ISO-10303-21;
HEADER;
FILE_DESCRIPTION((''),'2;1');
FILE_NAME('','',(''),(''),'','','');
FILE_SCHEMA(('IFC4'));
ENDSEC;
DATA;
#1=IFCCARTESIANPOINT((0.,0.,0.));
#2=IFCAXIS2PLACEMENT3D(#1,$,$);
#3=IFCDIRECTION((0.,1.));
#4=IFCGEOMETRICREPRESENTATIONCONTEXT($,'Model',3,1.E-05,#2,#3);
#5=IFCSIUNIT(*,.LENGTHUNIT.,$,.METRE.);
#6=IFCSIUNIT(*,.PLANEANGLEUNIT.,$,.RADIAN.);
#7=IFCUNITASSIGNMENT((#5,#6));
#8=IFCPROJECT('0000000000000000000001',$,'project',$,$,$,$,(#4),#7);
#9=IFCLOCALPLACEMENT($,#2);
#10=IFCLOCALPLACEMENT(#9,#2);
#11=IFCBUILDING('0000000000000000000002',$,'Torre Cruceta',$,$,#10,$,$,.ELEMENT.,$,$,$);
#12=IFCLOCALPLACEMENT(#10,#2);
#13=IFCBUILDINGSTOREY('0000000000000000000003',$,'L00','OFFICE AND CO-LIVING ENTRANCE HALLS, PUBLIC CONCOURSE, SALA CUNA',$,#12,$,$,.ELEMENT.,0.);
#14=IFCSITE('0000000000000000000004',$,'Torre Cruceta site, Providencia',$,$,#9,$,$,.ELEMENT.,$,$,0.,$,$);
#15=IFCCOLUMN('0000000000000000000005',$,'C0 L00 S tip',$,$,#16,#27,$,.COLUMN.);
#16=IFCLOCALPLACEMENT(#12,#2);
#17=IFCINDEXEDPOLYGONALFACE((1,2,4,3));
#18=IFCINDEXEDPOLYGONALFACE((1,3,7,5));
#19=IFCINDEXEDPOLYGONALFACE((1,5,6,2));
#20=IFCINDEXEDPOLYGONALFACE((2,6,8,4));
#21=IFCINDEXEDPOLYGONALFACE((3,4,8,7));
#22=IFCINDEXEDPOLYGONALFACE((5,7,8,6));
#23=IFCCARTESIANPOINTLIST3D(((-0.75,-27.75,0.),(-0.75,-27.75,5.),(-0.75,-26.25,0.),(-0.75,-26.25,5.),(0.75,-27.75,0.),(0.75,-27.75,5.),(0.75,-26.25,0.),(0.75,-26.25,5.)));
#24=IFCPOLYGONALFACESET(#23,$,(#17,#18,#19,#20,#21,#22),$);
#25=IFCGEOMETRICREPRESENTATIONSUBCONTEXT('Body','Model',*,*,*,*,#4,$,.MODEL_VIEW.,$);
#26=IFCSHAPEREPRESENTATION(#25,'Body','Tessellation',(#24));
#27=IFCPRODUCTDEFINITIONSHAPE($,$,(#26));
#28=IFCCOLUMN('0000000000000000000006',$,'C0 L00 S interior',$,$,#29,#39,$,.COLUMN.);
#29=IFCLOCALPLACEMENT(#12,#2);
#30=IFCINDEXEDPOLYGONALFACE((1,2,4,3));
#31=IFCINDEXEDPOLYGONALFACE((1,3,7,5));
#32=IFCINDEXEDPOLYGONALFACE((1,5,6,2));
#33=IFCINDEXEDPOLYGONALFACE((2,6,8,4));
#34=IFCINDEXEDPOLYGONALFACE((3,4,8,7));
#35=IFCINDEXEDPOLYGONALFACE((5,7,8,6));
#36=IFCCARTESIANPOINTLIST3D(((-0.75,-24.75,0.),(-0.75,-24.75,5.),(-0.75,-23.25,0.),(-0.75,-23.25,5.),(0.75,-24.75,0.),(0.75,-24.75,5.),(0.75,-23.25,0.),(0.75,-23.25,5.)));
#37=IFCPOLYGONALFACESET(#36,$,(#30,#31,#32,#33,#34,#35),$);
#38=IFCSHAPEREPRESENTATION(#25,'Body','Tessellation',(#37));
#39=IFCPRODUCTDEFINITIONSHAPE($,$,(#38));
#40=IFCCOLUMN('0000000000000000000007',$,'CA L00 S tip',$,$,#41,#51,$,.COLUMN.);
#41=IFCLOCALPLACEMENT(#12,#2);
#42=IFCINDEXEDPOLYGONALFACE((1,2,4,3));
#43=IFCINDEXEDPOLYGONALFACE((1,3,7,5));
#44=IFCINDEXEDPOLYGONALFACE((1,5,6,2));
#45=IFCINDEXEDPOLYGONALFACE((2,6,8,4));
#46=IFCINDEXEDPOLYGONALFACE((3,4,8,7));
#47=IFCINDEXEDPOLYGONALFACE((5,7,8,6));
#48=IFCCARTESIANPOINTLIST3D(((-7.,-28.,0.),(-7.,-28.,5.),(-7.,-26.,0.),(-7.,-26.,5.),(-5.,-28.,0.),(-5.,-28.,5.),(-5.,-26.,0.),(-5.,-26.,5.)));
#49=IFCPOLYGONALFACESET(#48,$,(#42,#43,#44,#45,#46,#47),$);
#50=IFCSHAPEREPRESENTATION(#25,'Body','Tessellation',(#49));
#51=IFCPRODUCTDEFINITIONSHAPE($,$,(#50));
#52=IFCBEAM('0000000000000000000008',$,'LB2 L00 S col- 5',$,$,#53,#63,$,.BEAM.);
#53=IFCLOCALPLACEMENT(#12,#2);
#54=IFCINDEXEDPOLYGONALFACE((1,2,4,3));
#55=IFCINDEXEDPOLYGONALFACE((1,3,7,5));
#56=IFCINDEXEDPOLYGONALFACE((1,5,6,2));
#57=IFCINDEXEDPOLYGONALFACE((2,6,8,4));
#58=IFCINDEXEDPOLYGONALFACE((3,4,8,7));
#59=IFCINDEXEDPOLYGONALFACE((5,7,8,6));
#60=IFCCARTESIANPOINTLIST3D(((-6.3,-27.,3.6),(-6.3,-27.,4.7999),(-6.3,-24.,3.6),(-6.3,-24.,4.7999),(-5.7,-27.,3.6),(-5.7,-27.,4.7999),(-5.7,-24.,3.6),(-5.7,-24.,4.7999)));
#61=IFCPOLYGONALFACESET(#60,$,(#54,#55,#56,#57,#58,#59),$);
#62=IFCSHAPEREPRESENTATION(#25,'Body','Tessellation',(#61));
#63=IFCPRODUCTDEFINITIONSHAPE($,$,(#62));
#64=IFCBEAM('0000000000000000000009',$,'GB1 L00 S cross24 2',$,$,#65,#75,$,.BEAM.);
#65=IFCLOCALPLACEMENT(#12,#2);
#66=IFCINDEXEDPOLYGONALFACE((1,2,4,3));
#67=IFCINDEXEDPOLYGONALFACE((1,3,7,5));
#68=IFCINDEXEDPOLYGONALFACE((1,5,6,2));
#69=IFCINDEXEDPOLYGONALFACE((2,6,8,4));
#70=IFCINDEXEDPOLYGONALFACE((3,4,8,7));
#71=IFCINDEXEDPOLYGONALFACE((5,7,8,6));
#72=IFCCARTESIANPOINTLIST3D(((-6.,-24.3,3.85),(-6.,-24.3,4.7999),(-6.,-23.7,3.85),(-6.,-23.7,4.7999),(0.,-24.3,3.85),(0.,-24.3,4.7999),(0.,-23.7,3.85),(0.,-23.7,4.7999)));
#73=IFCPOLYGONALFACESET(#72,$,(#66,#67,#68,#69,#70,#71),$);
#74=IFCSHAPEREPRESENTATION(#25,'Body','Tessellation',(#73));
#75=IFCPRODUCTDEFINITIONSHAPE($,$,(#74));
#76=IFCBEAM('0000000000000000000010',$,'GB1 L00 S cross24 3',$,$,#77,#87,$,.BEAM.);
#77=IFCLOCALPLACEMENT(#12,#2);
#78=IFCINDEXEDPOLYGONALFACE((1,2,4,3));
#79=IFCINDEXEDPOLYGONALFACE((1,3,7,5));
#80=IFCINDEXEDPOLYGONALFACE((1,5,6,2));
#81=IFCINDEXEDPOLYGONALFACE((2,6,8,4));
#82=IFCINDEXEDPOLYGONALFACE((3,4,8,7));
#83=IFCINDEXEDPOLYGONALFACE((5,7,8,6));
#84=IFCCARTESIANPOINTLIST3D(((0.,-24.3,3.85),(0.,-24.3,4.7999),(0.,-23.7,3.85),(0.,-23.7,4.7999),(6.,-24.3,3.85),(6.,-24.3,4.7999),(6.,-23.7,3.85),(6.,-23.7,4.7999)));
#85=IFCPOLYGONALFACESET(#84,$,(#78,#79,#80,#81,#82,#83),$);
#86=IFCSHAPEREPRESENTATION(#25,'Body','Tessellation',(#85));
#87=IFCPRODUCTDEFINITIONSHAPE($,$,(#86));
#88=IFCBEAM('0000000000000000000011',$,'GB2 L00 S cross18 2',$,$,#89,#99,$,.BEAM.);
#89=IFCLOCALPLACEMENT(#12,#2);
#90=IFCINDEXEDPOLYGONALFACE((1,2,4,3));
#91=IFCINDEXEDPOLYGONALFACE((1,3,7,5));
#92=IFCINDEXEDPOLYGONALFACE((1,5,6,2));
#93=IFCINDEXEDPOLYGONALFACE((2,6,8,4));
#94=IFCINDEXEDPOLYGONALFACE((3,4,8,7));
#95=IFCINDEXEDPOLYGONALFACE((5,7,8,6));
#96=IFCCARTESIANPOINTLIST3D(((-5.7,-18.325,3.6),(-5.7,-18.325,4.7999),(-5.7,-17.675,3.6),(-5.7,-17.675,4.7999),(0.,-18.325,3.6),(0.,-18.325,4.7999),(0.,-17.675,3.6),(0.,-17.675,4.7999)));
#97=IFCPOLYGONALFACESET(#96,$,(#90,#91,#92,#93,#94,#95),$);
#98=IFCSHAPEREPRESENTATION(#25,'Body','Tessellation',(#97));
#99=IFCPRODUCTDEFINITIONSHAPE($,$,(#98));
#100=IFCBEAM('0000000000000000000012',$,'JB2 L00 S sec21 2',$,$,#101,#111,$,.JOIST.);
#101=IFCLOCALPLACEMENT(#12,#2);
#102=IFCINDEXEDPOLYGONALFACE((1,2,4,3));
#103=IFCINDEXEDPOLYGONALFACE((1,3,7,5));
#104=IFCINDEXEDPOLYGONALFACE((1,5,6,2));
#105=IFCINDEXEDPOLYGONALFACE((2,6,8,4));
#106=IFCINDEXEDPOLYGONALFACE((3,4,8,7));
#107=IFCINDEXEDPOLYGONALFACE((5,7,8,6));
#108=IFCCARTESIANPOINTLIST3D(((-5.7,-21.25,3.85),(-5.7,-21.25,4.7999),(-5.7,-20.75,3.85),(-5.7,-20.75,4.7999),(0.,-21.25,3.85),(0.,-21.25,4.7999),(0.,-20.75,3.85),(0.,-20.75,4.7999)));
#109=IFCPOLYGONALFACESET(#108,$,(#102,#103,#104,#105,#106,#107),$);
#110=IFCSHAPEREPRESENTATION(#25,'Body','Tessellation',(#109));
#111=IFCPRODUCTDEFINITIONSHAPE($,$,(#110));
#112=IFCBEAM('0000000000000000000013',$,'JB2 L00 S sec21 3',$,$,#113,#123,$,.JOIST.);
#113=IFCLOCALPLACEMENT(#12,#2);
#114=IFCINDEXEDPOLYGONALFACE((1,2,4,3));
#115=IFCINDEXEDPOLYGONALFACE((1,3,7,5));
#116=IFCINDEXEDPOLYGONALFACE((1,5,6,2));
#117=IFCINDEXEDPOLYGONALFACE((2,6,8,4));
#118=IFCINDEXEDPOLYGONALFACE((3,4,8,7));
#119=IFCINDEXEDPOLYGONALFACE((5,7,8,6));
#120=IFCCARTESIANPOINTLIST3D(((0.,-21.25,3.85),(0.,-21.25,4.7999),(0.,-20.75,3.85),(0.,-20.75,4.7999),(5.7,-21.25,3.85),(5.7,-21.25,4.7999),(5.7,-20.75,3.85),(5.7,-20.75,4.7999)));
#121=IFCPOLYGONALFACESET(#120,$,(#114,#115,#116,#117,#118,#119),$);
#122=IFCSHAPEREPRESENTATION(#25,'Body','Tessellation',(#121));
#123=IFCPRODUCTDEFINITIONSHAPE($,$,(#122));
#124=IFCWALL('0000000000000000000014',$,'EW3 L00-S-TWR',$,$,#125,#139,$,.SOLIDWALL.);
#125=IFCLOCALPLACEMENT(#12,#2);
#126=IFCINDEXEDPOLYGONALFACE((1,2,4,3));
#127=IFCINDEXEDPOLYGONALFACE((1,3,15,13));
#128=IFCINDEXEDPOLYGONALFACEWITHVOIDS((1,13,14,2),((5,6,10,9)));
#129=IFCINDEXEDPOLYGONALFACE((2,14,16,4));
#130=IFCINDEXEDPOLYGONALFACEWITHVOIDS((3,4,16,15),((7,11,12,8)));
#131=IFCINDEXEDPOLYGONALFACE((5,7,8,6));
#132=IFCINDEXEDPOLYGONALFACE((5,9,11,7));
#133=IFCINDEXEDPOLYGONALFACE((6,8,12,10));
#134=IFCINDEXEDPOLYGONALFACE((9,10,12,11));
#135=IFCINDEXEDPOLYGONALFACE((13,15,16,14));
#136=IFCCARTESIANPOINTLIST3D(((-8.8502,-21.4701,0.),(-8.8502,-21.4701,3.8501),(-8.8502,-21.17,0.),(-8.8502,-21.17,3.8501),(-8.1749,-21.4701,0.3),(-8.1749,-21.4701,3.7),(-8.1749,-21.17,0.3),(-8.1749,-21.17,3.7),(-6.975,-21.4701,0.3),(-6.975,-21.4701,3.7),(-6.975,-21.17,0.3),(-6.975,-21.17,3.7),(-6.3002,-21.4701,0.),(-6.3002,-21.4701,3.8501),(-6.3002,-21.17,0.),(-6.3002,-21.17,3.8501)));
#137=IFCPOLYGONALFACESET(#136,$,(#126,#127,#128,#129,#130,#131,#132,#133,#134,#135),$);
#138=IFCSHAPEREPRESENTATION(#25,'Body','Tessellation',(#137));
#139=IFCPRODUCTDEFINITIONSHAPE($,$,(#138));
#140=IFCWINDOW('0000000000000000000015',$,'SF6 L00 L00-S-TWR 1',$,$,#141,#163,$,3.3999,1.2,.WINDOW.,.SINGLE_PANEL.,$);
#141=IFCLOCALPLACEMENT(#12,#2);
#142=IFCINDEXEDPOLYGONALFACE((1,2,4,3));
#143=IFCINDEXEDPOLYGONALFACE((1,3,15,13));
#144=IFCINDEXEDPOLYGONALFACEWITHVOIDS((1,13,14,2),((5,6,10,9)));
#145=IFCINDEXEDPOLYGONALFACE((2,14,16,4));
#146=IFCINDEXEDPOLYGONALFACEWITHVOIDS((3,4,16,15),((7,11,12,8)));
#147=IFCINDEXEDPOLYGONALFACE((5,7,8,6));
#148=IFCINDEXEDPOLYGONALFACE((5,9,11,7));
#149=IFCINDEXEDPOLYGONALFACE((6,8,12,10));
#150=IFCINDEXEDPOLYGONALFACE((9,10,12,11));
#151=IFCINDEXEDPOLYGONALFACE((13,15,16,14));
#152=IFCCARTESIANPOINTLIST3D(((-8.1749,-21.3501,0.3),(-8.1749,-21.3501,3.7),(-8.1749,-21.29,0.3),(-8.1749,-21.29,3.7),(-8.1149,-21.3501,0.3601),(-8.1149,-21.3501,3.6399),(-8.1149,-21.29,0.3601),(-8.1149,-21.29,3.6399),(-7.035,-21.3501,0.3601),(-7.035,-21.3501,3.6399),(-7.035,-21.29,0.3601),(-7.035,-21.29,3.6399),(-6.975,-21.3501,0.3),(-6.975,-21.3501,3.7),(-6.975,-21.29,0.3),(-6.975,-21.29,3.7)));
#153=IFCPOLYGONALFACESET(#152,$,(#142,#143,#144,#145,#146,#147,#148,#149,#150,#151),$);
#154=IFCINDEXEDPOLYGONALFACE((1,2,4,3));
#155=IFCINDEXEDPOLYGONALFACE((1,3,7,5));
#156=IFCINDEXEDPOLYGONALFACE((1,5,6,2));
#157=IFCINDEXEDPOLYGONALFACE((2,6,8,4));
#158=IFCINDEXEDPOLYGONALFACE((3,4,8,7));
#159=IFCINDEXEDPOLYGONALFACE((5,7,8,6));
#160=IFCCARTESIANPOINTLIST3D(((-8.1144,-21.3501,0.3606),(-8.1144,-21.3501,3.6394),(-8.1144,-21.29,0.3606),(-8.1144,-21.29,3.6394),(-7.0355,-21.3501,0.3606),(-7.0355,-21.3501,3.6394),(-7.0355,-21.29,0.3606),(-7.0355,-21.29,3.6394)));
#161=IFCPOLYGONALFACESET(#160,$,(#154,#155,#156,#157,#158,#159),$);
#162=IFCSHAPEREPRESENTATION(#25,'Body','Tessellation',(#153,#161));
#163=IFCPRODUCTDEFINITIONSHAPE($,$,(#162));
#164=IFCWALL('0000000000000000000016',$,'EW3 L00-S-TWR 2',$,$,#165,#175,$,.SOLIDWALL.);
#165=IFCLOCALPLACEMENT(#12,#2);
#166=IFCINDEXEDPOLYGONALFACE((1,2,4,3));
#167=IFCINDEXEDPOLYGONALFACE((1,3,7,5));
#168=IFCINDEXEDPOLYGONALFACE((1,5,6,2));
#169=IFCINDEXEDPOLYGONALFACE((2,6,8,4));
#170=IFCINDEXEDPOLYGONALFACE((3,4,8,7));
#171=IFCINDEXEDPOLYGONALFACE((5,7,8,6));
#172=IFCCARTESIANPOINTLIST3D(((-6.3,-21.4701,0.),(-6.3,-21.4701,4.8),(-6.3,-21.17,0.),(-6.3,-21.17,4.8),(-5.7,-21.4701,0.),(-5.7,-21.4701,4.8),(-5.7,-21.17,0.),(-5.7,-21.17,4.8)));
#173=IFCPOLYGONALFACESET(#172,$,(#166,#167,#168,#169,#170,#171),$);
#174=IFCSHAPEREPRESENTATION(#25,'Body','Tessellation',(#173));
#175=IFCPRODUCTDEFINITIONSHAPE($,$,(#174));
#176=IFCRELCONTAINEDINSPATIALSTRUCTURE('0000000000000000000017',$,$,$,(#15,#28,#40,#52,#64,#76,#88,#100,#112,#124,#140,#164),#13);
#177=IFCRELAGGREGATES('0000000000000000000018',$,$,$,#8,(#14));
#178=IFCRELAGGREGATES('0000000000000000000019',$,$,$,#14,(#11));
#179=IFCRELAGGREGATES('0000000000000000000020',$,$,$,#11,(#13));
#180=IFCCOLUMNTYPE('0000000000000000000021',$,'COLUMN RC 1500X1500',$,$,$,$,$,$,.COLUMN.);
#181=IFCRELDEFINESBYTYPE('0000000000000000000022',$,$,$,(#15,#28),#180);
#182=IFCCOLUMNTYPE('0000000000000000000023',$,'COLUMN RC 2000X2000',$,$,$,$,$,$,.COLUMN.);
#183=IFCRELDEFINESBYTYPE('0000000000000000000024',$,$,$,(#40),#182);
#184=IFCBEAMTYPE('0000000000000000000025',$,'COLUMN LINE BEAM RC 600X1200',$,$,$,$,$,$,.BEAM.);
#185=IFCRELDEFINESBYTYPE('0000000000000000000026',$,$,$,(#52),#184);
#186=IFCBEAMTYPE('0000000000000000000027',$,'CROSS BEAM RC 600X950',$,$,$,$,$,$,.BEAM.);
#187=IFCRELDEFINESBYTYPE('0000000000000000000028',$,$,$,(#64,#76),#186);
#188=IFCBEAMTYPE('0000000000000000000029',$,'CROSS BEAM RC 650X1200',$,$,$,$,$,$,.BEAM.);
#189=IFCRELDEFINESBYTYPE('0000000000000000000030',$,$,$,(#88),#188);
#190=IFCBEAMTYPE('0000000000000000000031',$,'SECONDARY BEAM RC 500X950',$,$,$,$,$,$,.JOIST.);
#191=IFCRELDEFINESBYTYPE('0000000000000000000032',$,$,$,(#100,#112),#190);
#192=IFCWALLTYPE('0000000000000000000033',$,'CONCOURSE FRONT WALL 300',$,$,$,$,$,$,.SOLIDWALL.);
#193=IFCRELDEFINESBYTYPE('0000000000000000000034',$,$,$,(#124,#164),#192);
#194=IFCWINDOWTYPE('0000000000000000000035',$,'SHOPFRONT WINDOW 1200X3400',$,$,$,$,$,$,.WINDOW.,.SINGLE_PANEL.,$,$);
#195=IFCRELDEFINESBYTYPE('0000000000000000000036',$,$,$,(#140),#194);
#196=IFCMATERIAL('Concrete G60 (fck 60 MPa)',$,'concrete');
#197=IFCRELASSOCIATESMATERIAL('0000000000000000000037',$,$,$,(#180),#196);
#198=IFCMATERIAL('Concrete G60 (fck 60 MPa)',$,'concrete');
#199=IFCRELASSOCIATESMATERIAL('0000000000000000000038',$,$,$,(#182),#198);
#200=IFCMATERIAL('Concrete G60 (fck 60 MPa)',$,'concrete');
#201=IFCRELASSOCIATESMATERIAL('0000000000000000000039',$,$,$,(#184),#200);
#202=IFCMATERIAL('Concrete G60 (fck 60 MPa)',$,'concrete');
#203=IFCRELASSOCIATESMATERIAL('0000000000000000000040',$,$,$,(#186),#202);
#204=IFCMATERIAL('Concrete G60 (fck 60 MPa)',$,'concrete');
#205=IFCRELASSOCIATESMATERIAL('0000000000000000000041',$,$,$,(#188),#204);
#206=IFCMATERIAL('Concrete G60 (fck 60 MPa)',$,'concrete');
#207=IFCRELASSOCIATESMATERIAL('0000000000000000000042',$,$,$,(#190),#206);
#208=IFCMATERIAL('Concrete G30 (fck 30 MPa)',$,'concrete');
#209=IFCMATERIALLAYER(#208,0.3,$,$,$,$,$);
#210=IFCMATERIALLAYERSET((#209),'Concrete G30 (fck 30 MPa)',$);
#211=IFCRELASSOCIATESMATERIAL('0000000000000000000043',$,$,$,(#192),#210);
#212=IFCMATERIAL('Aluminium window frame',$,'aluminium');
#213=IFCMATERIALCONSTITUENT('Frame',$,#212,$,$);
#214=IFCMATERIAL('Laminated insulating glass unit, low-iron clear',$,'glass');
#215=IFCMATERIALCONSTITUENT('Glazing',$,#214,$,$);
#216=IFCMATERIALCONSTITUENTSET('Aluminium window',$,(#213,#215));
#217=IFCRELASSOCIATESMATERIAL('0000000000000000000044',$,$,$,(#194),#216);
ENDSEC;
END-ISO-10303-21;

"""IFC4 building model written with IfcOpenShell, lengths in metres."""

from ifc_helpers import new_model, si_unit, direction, frame, frame_2d, origin, origin_2d, place, context, subcontext, project, spatial, rectangle, hollow_rectangle, extrude, material, layer, layer_set, constituent, constituent_set, material_profile, profile_set, type_object, element, fill, save


model = new_model("IFC4")

# Units and contexts
model_context = context("Model", 3, precision=1e-05, world=origin(), true_north=direction((0.0, 1.0)))
body_context = subcontext(model_context, "Body", "Model", "MODEL_VIEW")
ifc_project = project(units=[si_unit("LENGTHUNIT", "METRE"), si_unit("PLANEANGLEUNIT", "RADIAN")], contexts=[model_context])

# Site, building, storey
site_placement = place(None, origin())
site = spatial("IfcSite", under=ifc_project, at=site_placement, Name="Torre Cruceta site, Providencia", CompositionType="ELEMENT", RefElevation=0.0)
building_placement = place(site_placement, origin())
building = spatial("IfcBuilding", under=site, at=building_placement, Name="Torre Cruceta", CompositionType="ELEMENT")
storey_placement = place(building_placement, origin())
storey = spatial("IfcBuildingStorey", under=building, at=storey_placement, Name="L00", Description="OFFICE AND CO-LIVING ENTRANCE HALLS, PUBLIC CONCOURSE, SALA CUNA", CompositionType="ELEMENT", Elevation=0.0)

# Columns
ifc_material_1 = material(Name="Concrete G60 (fck 60 MPa)", Category="concrete")
ifc_material_profile_1 = material_profile(ifc_material_1, rectangle(XDim=1.5, YDim=1.5, at=origin_2d()), Name="RC 1500X1500")
ifc_profile_set_1 = profile_set([ifc_material_profile_1], Name="Concrete G60 (fck 60 MPa)")
column_type_1 = type_object("IfcColumnType", Name="COLUMN RC 1500X1500", PredefinedType="COLUMN", material=ifc_profile_set_1)
for number, where, z_axis, x_axis, name in (
    (1, (0.0, -27.0, 0.0), (0.0, 0.0, 1.0), (1.0, 0.0, 0.0), "C0 L00 S tip"),
    (2, (0.0, -24.0, 0.0), (0.0, 0.0, 1.0), (1.0, 0.0, 0.0), "C0 L00 S interior"),
):
    element("IfcColumn", number, at=place(storey_placement, frame(where, z_axis=z_axis, x_axis=x_axis)), inside=storey, type_object=column_type_1, Name=name, PredefinedType="COLUMN", context=body_context, shape_type="SweptSolid", body=[
        extrude(rectangle(XDim=1.5, YDim=1.5, at=origin_2d()), origin(), (0.0, 0.0, 1.0), 5.0),
    ])
ifc_material_2 = material(Name="Concrete G60 (fck 60 MPa)", Category="concrete")
ifc_material_profile_2 = material_profile(ifc_material_2, rectangle(XDim=2.0, YDim=2.0, at=origin_2d()), Name="RC 2000X2000")
ifc_profile_set_2 = profile_set([ifc_material_profile_2], Name="Concrete G60 (fck 60 MPa)")
column_type_2 = type_object("IfcColumnType", Name="COLUMN RC 2000X2000", PredefinedType="COLUMN", material=ifc_profile_set_2)
column_placement = place(storey_placement, frame((-6.0, -27.0, 0.0), z_axis=(0.0, 0.0, 1.0), x_axis=(1.0, 0.0, 0.0)))
element("IfcColumn", 3, at=column_placement, inside=storey, type_object=column_type_2, Name="CA L00 S tip", PredefinedType="COLUMN", context=body_context, shape_type="SweptSolid", body=[
    extrude(rectangle(XDim=2.0, YDim=2.0, at=origin_2d()), origin(), (0.0, 0.0, 1.0), 5.0),
])

# Beams
ifc_material_3 = material(Name="Concrete G60 (fck 60 MPa)", Category="concrete")
ifc_material_profile_3 = material_profile(ifc_material_3, rectangle(XDim=0.6001, YDim=1.2, at=origin_2d()), Name="RC 600X1200")
ifc_profile_set_3 = profile_set([ifc_material_profile_3], Name="Concrete G60 (fck 60 MPa)")
beam_type_1 = type_object("IfcBeamType", Name="COLUMN LINE BEAM RC 600X1200", PredefinedType="BEAM", material=ifc_profile_set_3)
beam_1_placement = place(storey_placement, frame((-6.0, -24.0, 4.2), z_axis=(0.0, -1.0, 0.0), x_axis=(1.0, 0.0, 0.0)))
element("IfcBeam", 4, at=beam_1_placement, inside=storey, type_object=beam_type_1, Name="LB2 L00 S col- 5", PredefinedType="BEAM", context=body_context, shape_type="SweptSolid", body=[
    extrude(rectangle(XDim=0.6001, YDim=1.2, at=origin_2d()), origin(), (0.0, 0.0, 1.0), 3.0),
])
ifc_material_4 = material(Name="Concrete G60 (fck 60 MPa)", Category="concrete")
ifc_material_profile_4 = material_profile(ifc_material_4, rectangle(XDim=0.6001, YDim=0.95, at=origin_2d()), Name="RC 600X950")
ifc_profile_set_4 = profile_set([ifc_material_profile_4], Name="Concrete G60 (fck 60 MPa)")
beam_type_2 = type_object("IfcBeamType", Name="CROSS BEAM RC 600X950", PredefinedType="BEAM", material=ifc_profile_set_4)
for number, where, z_axis, x_axis, name in (
    (5, (-6.0, -24.0, 4.325), (1.0, 0.0, 0.0), (0.0, 1.0, 0.0), "GB1 L00 S cross24 2"),
    (6, (0.0, -24.0, 4.325), (1.0, 0.0, 0.0), (0.0, 1.0, 0.0), "GB1 L00 S cross24 3"),
):
    element("IfcBeam", number, at=place(storey_placement, frame(where, z_axis=z_axis, x_axis=x_axis)), inside=storey, type_object=beam_type_2, Name=name, PredefinedType="BEAM", context=body_context, shape_type="SweptSolid", body=[
        extrude(rectangle(XDim=0.6001, YDim=0.95, at=origin_2d()), origin(), (0.0, 0.0, 1.0), 6.0),
    ])
ifc_material_5 = material(Name="Concrete G60 (fck 60 MPa)", Category="concrete")
ifc_material_profile_5 = material_profile(ifc_material_5, rectangle(XDim=0.6499, YDim=1.2, at=origin_2d()), Name="RC 650X1200")
ifc_profile_set_5 = profile_set([ifc_material_profile_5], Name="Concrete G60 (fck 60 MPa)")
beam_type_3 = type_object("IfcBeamType", Name="CROSS BEAM RC 650X1200", PredefinedType="BEAM", material=ifc_profile_set_5)
beam_2_placement = place(storey_placement, frame((-5.7, -18.0, 4.2), z_axis=(1.0, 0.0, 0.0), x_axis=(0.0, 1.0, 0.0)))
element("IfcBeam", 7, at=beam_2_placement, inside=storey, type_object=beam_type_3, Name="GB2 L00 S cross18 2", PredefinedType="BEAM", context=body_context, shape_type="SweptSolid", body=[
    extrude(rectangle(XDim=0.6499, YDim=1.2, at=origin_2d()), origin(), (0.0, 0.0, 1.0), 5.7),
])
ifc_material_6 = material(Name="Concrete G60 (fck 60 MPa)", Category="concrete")
ifc_material_profile_6 = material_profile(ifc_material_6, rectangle(XDim=0.5, YDim=0.95, at=origin_2d()), Name="RC 500X950")
ifc_profile_set_6 = profile_set([ifc_material_profile_6], Name="Concrete G60 (fck 60 MPa)")
beam_type_4 = type_object("IfcBeamType", Name="SECONDARY BEAM RC 500X950", PredefinedType="JOIST", material=ifc_profile_set_6)
for number, where, z_axis, x_axis, name in (
    (8, (-5.7, -21.0, 4.325), (1.0, 0.0, 0.0), (0.0, 1.0, 0.0), "JB2 L00 S sec21 2"),
    (9, (0.0, -21.0, 4.325), (1.0, 0.0, 0.0), (0.0, 1.0, 0.0), "JB2 L00 S sec21 3"),
):
    element("IfcBeam", number, at=place(storey_placement, frame(where, z_axis=z_axis, x_axis=x_axis)), inside=storey, type_object=beam_type_4, Name=name, PredefinedType="JOIST", context=body_context, shape_type="SweptSolid", body=[
        extrude(rectangle(XDim=0.5, YDim=0.95, at=origin_2d()), origin(), (0.0, 0.0, 1.0), 5.7),
    ])

# Wall, opening, window
ifc_material_7 = material(Name="Concrete G30 (fck 30 MPa)", Category="concrete")
ifc_layer_1 = layer(ifc_material_7, 0.3)
ifc_layer_set_1 = layer_set([ifc_layer_1], Name="Concrete G30 (fck 30 MPa)")
wall_type_1 = type_object("IfcWallType", Name="CONCOURSE FRONT WALL 300", PredefinedType="SOLIDWALL", material=ifc_layer_set_1)
wall_1_placement = place(storey_placement, frame((-8.8501, -21.3201, 0.0), z_axis=(0.0, 0.0, 1.0), x_axis=(1.0, 0.0, 0.0)))
wall_1 = element("IfcWall", 10, at=wall_1_placement, inside=storey, type_object=wall_type_1, Name="EW3 L00-S-TWR", PredefinedType="SOLIDWALL", context=body_context, shape_type="SweptSolid", body=[
    extrude(rectangle(XDim=2.55, YDim=0.3, at=frame_2d((1.2749, 0.0))), origin(), (0.0, 0.0, 1.0), 3.8501),
])
opening_1_placement = place(wall_1_placement, frame((0.675, 0.0, 0.3)))
opening_1 = element("IfcOpeningElement", 11, at=opening_1_placement, cuts=wall_1, PredefinedType="OPENING", context=body_context, shape_type="SweptSolid", body=[
    extrude(rectangle(XDim=1.2, YDim=3.3999, at=frame_2d((0.6001, 1.7))), frame((0.0, 0.1599, 0.0), z_axis=(0.0, -1.0, 0.0), x_axis=(1.0, 0.0, 0.0)), (0.0, 0.0, 1.0), 0.3201),
])
ifc_material_8 = material(Name="Aluminium window frame", Category="aluminium")
ifc_constituent_1 = constituent(ifc_material_8, Name="Frame")
ifc_material_9 = material(Name="Laminated insulating glass unit, low-iron clear", Category="glass")
ifc_constituent_2 = constituent(ifc_material_9, Name="Glazing")
ifc_constituent_set_1 = constituent_set(constituents=[ifc_constituent_1, ifc_constituent_2], Name="Aluminium window")
window_type = type_object("IfcWindowType", Name="SHOPFRONT WINDOW 1200X3400", PartitioningType="SINGLE_PANEL", PredefinedType="WINDOW", material=ifc_constituent_set_1)
window_1_placement = place(opening_1_placement, origin())
window_1 = element("IfcWindow", 12, at=window_1_placement, inside=storey, type_object=window_type, Name="SF6 L00 L00-S-TWR 1", OverallHeight=3.3999, OverallWidth=1.2, PartitioningType="SINGLE_PANEL", PredefinedType="WINDOW", context=body_context, shape_type="SweptSolid", body=[
    extrude(hollow_rectangle(XDim=1.2, YDim=3.3999, WallThickness=0.0601, at=frame_2d((0.6001, 1.7))), frame((0.0, 0.03, 0.0), z_axis=(0.0, -1.0, 0.0), x_axis=(1.0, 0.0, 0.0)), (0.0, 0.0, 1.0), 0.0601),
    extrude(rectangle(XDim=1.0789, YDim=3.2788, at=frame_2d((0.6001, 1.7))), frame((0.0, 0.03, 0.0), z_axis=(0.0, -1.0, 0.0), x_axis=(1.0, 0.0, 0.0)), (0.0, 0.0, 1.0), 0.0601),
])
fill(opening_1, window_1)

# Wall
wall_2_placement = place(storey_placement, frame((-6.3, -21.3201, 0.0), z_axis=(0.0, 0.0, 1.0), x_axis=(1.0, 0.0, 0.0)))
element("IfcWall", 13, at=wall_2_placement, inside=storey, type_object=wall_type_1, Name="EW3 L00-S-TWR 2", PredefinedType="SOLIDWALL", context=body_context, shape_type="SweptSolid", body=[
    extrude(rectangle(XDim=0.6001, YDim=0.3, at=frame_2d((0.3, 0.0))), origin(), (0.0, 0.0, 1.0), 4.8),
])

save(model, "model.ifc")
